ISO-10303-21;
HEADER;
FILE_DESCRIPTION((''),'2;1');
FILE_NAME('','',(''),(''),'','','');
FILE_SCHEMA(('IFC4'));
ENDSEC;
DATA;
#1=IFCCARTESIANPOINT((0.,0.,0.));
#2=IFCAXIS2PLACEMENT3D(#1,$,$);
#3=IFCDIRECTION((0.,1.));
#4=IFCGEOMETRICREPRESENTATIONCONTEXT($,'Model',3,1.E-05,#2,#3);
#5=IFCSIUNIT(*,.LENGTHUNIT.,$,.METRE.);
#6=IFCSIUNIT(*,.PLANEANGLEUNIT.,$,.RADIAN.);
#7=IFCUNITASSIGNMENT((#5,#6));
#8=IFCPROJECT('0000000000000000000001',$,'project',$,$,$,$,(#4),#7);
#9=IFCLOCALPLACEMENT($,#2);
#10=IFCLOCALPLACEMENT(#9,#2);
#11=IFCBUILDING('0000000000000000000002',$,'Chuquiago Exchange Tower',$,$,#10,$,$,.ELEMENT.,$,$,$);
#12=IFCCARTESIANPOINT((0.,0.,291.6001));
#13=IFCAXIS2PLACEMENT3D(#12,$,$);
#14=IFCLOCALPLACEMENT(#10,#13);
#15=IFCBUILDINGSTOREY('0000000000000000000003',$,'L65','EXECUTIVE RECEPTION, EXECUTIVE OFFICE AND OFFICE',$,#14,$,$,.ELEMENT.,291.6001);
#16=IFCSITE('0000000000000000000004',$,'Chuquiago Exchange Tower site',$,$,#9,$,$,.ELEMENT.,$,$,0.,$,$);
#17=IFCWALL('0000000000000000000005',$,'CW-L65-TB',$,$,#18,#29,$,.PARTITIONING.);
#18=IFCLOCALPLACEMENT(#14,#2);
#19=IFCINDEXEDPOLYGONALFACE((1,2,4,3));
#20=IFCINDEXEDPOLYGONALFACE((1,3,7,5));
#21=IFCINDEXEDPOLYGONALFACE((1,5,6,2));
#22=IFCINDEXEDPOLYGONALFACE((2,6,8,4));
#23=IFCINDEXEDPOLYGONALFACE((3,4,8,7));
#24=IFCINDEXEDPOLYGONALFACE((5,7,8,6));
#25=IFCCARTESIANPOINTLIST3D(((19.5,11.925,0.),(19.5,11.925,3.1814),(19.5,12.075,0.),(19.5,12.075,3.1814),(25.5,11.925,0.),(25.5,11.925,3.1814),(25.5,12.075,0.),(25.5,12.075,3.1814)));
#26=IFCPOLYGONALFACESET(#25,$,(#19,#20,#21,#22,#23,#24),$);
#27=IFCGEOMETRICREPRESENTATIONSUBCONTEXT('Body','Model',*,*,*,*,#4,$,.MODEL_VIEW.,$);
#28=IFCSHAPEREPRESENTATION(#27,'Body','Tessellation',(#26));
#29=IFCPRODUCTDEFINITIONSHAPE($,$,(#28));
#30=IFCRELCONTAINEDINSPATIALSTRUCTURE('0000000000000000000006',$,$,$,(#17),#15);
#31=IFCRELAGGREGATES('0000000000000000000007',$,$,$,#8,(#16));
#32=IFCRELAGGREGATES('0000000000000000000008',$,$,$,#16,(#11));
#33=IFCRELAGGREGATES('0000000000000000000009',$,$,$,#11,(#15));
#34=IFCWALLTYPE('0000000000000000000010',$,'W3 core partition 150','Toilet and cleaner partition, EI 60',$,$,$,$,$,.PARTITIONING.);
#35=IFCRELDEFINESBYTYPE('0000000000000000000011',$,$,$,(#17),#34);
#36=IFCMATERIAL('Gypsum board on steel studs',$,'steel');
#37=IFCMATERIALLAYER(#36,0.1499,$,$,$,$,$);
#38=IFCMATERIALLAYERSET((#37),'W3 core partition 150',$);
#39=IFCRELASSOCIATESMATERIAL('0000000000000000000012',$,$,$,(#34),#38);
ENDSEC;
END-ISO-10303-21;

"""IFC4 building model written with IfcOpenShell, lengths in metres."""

from ifc_helpers import new_model, si_unit, direction, frame, frame_2d, origin, place, context, subcontext, project, spatial, rectangle, extrude, material, layer, layer_set, type_object, element, save


model = new_model("IFC4")

# Units and contexts
model_context = context("Model", 3, precision=1e-05, world=origin(), true_north=direction((0.0, 1.0)))
body_context = subcontext(model_context, "Body", "Model", "MODEL_VIEW")
ifc_project = project(units=[si_unit("LENGTHUNIT", "METRE"), si_unit("PLANEANGLEUNIT", "RADIAN")], contexts=[model_context])

# Site, building, storey
site_placement = place(None, origin())
site = spatial("IfcSite", under=ifc_project, at=site_placement, Name="Chuquiago Exchange Tower site", CompositionType="ELEMENT", RefElevation=0.0)
building_placement = place(site_placement, origin())
building = spatial("IfcBuilding", under=site, at=building_placement, Name="Chuquiago Exchange Tower", CompositionType="ELEMENT")
storey_placement = place(building_placement, frame((0.0, 0.0, 291.6001)))
storey = spatial("IfcBuildingStorey", under=building, at=storey_placement, Name="L65", Description="EXECUTIVE RECEPTION, EXECUTIVE OFFICE AND OFFICE", CompositionType="ELEMENT", Elevation=291.6001)

# Wall
ifc_material_1 = material(Name="Gypsum board on steel studs", Category="steel")
ifc_layer_1 = layer(ifc_material_1, 0.1499)
ifc_layer_set_1 = layer_set([ifc_layer_1], Name="W3 core partition 150")
wall_type_1 = type_object("IfcWallType", Name="W3 core partition 150", Description="Toilet and cleaner partition, EI 60", PredefinedType="PARTITIONING", material=ifc_layer_set_1)
wall_1_placement = place(storey_placement, frame((19.5, 12.0, 0.0), z_axis=(0.0, 0.0, 1.0), x_axis=(1.0, 0.0, 0.0)))
element("IfcWall", 1, at=wall_1_placement, inside=storey, type_object=wall_type_1, Name="CW-L65-TB", PredefinedType="PARTITIONING", context=body_context, shape_type="SweptSolid", body=[
    extrude(rectangle(XDim=6.0, YDim=0.1499, at=frame_2d((3.0, 0.0))), origin(), (0.0, 0.0, 1.0), 3.1814),
])

save(model, "model.ifc")
